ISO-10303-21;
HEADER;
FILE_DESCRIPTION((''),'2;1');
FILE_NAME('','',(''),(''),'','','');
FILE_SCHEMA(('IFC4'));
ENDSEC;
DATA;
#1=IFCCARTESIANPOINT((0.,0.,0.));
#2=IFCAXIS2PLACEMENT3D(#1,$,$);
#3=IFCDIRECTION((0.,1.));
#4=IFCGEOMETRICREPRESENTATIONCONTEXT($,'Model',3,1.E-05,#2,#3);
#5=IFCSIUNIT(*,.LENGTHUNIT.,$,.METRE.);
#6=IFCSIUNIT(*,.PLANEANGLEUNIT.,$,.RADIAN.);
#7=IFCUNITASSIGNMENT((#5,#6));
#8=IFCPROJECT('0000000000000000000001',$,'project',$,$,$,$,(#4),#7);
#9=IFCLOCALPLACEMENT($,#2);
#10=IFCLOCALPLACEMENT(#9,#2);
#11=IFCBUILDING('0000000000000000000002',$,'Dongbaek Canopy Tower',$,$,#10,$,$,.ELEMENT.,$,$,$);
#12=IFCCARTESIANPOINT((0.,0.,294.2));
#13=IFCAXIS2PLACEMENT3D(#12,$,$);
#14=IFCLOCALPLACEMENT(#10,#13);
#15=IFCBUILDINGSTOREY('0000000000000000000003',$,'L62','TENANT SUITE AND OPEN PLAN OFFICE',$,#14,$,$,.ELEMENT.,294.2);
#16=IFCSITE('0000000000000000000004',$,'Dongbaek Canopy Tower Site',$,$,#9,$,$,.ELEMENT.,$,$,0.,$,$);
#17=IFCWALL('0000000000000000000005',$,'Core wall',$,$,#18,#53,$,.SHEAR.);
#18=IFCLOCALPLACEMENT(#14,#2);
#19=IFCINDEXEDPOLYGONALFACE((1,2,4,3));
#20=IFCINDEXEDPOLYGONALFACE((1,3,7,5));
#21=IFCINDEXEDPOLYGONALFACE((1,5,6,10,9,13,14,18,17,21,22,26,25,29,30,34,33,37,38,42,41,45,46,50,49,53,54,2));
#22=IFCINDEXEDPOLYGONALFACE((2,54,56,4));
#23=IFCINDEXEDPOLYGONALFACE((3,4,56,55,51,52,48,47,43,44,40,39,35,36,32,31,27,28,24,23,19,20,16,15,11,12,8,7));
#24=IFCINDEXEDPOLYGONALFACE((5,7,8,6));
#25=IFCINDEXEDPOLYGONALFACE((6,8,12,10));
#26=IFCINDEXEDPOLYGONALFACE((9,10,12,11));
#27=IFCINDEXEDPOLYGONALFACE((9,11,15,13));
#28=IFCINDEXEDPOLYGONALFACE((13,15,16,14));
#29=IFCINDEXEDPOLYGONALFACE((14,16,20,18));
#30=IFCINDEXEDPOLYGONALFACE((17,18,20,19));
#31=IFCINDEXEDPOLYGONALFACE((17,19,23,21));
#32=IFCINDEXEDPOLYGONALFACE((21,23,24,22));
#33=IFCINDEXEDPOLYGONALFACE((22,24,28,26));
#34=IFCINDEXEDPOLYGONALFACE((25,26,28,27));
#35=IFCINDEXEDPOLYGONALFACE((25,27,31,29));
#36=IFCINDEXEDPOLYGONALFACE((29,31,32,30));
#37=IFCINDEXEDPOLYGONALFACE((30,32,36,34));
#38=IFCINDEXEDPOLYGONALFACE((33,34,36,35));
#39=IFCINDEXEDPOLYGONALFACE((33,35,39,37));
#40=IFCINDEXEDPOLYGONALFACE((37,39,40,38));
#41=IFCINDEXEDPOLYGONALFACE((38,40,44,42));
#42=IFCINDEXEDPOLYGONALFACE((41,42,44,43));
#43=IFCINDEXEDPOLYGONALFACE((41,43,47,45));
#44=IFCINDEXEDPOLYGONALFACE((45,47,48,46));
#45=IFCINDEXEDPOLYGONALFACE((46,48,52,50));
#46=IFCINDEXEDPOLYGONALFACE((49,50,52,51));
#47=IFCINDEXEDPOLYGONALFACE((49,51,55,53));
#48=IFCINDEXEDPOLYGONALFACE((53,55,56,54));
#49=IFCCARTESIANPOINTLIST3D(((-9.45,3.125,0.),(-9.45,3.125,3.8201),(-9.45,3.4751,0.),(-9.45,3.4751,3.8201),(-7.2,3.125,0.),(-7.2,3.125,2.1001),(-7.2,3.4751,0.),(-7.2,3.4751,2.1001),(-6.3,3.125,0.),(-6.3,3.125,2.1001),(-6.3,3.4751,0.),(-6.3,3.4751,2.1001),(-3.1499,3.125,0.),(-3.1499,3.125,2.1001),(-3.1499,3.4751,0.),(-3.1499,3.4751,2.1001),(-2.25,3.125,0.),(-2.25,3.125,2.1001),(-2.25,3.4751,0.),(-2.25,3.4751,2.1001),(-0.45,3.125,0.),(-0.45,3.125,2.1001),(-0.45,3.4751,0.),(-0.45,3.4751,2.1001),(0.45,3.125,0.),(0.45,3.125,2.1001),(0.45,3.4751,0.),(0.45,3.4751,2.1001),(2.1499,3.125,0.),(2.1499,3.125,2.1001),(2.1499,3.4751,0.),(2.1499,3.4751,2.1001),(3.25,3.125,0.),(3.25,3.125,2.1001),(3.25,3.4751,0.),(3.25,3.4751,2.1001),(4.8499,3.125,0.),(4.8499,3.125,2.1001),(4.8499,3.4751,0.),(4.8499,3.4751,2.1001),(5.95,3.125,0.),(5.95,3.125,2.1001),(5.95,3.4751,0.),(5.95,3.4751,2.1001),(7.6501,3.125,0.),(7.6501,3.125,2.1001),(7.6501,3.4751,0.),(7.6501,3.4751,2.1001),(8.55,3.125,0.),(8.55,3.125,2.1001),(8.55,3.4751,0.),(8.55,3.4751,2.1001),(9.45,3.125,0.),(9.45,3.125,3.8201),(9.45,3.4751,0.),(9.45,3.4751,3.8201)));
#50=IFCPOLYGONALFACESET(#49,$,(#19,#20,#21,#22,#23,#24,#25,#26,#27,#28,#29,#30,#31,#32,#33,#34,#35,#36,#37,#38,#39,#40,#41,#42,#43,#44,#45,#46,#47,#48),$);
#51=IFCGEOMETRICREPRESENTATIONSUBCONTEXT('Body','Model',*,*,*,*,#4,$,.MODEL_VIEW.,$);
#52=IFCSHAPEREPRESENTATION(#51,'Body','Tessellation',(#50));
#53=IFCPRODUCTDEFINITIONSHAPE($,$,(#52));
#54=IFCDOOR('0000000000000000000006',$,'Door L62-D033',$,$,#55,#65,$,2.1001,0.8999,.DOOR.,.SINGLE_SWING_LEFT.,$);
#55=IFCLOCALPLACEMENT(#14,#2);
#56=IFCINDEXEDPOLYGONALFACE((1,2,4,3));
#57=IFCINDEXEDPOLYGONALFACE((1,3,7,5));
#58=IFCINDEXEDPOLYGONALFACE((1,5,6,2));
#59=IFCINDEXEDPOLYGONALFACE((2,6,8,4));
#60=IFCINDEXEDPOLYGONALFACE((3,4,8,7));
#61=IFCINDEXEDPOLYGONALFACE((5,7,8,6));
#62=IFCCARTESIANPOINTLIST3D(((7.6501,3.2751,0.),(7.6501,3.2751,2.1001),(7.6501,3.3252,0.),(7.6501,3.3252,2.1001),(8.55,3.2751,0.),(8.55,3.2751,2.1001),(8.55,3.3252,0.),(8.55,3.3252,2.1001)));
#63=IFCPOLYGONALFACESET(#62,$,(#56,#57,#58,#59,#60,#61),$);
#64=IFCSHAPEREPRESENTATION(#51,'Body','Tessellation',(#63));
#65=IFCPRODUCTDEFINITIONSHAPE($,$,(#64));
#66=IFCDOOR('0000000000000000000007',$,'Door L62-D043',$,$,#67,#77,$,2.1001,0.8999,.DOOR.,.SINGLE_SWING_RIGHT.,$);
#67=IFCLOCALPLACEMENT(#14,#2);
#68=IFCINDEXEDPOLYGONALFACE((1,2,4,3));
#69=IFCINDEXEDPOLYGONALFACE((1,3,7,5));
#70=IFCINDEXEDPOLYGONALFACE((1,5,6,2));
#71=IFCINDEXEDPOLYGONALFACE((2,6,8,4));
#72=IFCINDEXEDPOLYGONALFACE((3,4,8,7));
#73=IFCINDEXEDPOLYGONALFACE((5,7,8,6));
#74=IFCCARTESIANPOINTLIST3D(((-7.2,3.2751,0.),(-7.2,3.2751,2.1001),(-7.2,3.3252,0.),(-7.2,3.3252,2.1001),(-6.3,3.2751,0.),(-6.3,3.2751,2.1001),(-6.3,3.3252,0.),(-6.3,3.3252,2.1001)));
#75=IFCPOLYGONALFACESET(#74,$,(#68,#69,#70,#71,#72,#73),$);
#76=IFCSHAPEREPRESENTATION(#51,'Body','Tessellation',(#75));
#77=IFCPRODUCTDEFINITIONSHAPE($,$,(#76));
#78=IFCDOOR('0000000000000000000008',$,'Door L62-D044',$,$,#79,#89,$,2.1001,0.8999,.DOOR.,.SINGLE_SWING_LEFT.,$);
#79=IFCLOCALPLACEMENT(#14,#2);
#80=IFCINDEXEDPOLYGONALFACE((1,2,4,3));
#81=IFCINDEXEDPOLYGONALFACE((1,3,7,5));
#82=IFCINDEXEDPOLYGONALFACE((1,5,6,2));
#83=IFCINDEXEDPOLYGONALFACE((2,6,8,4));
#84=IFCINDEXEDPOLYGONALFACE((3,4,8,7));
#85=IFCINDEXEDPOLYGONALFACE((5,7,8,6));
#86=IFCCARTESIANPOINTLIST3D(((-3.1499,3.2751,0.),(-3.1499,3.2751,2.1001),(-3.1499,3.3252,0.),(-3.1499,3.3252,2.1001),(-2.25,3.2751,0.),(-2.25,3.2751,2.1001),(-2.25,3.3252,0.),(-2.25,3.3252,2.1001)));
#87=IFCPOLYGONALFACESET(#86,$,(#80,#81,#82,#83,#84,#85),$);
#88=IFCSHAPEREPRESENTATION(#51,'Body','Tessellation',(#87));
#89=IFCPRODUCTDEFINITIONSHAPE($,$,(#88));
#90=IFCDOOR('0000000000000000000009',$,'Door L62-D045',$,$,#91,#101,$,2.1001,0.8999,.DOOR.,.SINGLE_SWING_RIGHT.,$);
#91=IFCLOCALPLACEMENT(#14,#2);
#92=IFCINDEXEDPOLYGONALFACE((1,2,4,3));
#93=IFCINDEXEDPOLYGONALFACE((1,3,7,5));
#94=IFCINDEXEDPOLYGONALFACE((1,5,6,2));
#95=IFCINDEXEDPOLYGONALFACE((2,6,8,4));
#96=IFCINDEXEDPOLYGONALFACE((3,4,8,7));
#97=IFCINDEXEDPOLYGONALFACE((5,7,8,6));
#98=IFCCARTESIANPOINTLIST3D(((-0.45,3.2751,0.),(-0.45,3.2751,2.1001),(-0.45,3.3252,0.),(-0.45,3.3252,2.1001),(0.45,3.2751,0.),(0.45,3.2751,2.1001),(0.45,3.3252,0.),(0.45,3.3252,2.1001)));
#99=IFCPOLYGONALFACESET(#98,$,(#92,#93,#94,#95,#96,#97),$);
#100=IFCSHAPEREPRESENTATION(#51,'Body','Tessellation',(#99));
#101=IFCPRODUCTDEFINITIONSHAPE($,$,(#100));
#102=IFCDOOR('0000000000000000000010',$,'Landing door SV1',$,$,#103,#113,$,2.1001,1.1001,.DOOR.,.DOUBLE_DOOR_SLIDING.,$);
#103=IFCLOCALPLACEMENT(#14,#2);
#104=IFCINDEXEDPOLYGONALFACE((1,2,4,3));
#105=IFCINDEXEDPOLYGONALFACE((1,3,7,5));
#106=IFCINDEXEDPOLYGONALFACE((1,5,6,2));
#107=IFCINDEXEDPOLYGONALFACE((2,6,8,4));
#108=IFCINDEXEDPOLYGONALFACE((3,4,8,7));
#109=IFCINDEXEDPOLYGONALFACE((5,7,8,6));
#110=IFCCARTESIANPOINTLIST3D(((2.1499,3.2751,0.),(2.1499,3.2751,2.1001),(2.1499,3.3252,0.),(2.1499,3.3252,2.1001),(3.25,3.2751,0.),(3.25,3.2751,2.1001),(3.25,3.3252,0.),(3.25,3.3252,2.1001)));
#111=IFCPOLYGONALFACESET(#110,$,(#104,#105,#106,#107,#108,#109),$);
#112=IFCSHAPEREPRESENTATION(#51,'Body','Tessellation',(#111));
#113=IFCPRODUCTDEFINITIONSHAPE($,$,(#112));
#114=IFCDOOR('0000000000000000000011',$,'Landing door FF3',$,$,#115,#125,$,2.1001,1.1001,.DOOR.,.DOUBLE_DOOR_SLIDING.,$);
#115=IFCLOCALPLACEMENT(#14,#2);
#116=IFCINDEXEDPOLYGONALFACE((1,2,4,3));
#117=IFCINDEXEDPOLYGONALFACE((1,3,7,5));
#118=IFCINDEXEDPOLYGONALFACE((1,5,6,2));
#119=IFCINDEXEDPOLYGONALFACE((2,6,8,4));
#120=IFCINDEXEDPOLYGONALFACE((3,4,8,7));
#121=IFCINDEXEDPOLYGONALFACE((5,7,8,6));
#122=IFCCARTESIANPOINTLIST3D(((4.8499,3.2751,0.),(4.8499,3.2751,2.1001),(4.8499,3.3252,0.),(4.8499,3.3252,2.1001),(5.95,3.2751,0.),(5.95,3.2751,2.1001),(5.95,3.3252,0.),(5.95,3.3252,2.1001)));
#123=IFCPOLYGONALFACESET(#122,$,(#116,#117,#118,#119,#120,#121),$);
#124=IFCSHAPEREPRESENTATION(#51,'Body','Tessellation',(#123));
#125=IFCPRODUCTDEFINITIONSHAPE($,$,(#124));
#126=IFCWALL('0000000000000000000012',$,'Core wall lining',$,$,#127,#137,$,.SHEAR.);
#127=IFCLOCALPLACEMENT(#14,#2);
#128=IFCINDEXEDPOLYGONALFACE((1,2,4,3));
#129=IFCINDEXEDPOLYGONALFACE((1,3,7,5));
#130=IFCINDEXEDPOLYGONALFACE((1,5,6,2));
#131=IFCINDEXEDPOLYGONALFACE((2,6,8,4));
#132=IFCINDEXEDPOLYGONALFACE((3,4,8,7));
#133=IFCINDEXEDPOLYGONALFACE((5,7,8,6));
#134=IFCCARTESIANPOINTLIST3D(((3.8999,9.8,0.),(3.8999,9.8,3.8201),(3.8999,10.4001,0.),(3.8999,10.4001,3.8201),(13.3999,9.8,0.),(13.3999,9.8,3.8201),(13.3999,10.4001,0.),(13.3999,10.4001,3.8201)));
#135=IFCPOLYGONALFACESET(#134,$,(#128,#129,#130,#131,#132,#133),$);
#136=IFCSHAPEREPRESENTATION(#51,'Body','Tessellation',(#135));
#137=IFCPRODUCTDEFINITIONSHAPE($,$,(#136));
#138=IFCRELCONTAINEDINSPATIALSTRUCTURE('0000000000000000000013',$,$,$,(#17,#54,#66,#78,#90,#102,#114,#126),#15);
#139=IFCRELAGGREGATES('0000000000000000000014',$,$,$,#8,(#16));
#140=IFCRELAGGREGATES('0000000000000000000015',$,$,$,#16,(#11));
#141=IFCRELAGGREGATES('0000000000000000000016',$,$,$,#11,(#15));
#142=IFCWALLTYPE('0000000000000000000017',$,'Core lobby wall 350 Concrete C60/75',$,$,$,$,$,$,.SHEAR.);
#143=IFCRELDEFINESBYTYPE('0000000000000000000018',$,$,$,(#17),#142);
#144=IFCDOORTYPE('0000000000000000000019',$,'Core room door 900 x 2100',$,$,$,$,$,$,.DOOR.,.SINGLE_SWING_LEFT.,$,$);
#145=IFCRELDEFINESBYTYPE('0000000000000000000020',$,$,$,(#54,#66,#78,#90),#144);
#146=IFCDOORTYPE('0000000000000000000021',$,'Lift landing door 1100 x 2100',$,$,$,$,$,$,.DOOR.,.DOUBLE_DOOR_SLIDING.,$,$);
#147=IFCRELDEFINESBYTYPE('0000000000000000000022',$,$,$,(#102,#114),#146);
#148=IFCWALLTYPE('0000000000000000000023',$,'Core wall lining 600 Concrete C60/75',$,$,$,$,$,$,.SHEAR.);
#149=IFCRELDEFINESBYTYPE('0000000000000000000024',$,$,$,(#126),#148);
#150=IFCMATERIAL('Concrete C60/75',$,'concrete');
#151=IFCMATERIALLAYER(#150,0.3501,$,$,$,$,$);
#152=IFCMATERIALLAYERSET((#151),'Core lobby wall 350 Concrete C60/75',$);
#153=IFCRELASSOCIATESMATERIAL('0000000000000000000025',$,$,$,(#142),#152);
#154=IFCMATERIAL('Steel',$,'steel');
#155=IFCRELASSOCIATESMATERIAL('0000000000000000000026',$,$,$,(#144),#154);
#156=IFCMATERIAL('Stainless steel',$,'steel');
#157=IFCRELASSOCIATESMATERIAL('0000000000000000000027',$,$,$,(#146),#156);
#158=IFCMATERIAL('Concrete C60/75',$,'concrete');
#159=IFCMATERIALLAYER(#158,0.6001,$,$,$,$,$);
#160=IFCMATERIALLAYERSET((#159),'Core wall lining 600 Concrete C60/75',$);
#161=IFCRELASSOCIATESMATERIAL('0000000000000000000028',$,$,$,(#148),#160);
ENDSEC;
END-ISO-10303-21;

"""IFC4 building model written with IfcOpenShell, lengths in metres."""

from ifc_helpers import new_model, si_unit, direction, frame, frame_2d, origin, place, context, subcontext, project, spatial, rectangle, extrude, material, layer, layer_set, type_object, element, fill, save


model = new_model("IFC4")

# Units and contexts
model_context = context("Model", 3, precision=1e-05, world=origin(), true_north=direction((0.0, 1.0)))
body_context = subcontext(model_context, "Body", "Model", "MODEL_VIEW")
ifc_project = project(units=[si_unit("LENGTHUNIT", "METRE"), si_unit("PLANEANGLEUNIT", "RADIAN")], contexts=[model_context])

# Site, building, storey
site_placement = place(None, origin())
site = spatial("IfcSite", under=ifc_project, at=site_placement, Name="Dongbaek Canopy Tower Site", CompositionType="ELEMENT", RefElevation=0.0)
building_placement = place(site_placement, origin())
building = spatial("IfcBuilding", under=site, at=building_placement, Name="Dongbaek Canopy Tower", CompositionType="ELEMENT")
storey_placement = place(building_placement, frame((0.0, 0.0, 294.2)))
storey = spatial("IfcBuildingStorey", under=building, at=storey_placement, Name="L62", Description="TENANT SUITE AND OPEN PLAN OFFICE", CompositionType="ELEMENT", Elevation=294.2)

# Wall, openings, doors
ifc_material_1 = material(Name="Concrete C60/75", Category="concrete")
ifc_layer_1 = layer(ifc_material_1, 0.3501)
ifc_layer_set_1 = layer_set([ifc_layer_1], Name="Core lobby wall 350 Concrete C60/75")
wall_type_1 = type_object("IfcWallType", Name="Core lobby wall 350 Concrete C60/75", PredefinedType="SHEAR", material=ifc_layer_set_1)
wall_1_placement = place(storey_placement, frame((9.45, 3.3, 0.0), z_axis=(0.0, 0.0, 1.0), x_axis=(-1.0, 0.0, 0.0)))
wall_1 = element("IfcWall", 1, at=wall_1_placement, inside=storey, type_object=wall_type_1, Name="Core wall", PredefinedType="SHEAR", context=body_context, shape_type="SweptSolid", body=[
    extrude(rectangle(XDim=18.8999, YDim=0.3501, at=frame_2d((9.45, 0.0))), origin(), (0.0, 0.0, 1.0), 3.8201),
])
opening_1_placement = place(wall_1_placement, frame((6.2, 0.0, 0.0)))
opening_1 = element("IfcOpeningElement", 2, at=opening_1_placement, cuts=wall_1, PredefinedType="OPENING", context=body_context, shape_type="SweptSolid", body=[
    extrude(rectangle(XDim=1.1001, YDim=2.1001, at=frame_2d((0.55, 1.05))), frame((0.0, 0.1851, 0.0), z_axis=(0.0, -1.0, 0.0), x_axis=(1.0, 0.0, 0.0)), (0.0, 0.0, 1.0), 0.3701),
])
opening_2_placement = place(wall_1_placement, frame((3.5, 0.0, 0.0)))
opening_2 = element("IfcOpeningElement", 3, at=opening_2_placement, cuts=wall_1, PredefinedType="OPENING", context=body_context, shape_type="SweptSolid", body=[
    extrude(rectangle(XDim=1.1001, YDim=2.1001, at=frame_2d((0.55, 1.05))), frame((0.0, 0.1851, 0.0), z_axis=(0.0, -1.0, 0.0), x_axis=(1.0, 0.0, 0.0)), (0.0, 0.0, 1.0), 0.3701),
])
opening_3_placement = place(wall_1_placement, frame((0.8999, 0.0, 0.0)))
opening_3 = element("IfcOpeningElement", 4, at=opening_3_placement, cuts=wall_1, PredefinedType="OPENING", context=body_context, shape_type="SweptSolid", body=[
    extrude(rectangle(XDim=0.8999, YDim=2.1001, at=frame_2d((0.45, 1.05))), frame((0.0, 0.1851, 0.0), z_axis=(0.0, -1.0, 0.0), x_axis=(1.0, 0.0, 0.0)), (0.0, 0.0, 1.0), 0.3701),
])
opening_4_placement = place(wall_1_placement, frame((15.75, 0.0, 0.0)))
opening_4 = element("IfcOpeningElement", 5, at=opening_4_placement, cuts=wall_1, PredefinedType="OPENING", context=body_context, shape_type="SweptSolid", body=[
    extrude(rectangle(XDim=0.8999, YDim=2.1001, at=frame_2d((0.45, 1.05))), frame((0.0, 0.1851, 0.0), z_axis=(0.0, -1.0, 0.0), x_axis=(1.0, 0.0, 0.0)), (0.0, 0.0, 1.0), 0.3701),
])
opening_5_placement = place(wall_1_placement, frame((11.7, 0.0, 0.0)))
opening_5 = element("IfcOpeningElement", 6, at=opening_5_placement, cuts=wall_1, PredefinedType="OPENING", context=body_context, shape_type="SweptSolid", body=[
    extrude(rectangle(XDim=0.8999, YDim=2.1001, at=frame_2d((0.45, 1.05))), frame((0.0, 0.1851, 0.0), z_axis=(0.0, -1.0, 0.0), x_axis=(1.0, 0.0, 0.0)), (0.0, 0.0, 1.0), 0.3701),
])
opening_6_placement = place(wall_1_placement, frame((9.0, 0.0, 0.0)))
opening_6 = element("IfcOpeningElement", 7, at=opening_6_placement, cuts=wall_1, PredefinedType="OPENING", context=body_context, shape_type="SweptSolid", body=[
    extrude(rectangle(XDim=0.8999, YDim=2.1001, at=frame_2d((0.45, 1.05))), frame((0.0, 0.1851, 0.0), z_axis=(0.0, -1.0, 0.0), x_axis=(1.0, 0.0, 0.0)), (0.0, 0.0, 1.0), 0.3701),
])
ifc_material_2 = material(Name="Steel", Category="steel")
door_type_1 = type_object("IfcDoorType", Name="Core room door 900 x 2100", OperationType="SINGLE_SWING_LEFT", PredefinedType="DOOR", material=ifc_material_2)
door_1_placement = place(opening_3_placement, origin())
door_1 = element("IfcDoor", 8, at=door_1_placement, inside=storey, type_object=door_type_1, Name="Door L62-D033", OperationType="SINGLE_SWING_LEFT", OverallHeight=2.1001, OverallWidth=0.8999, PredefinedType="DOOR", context=body_context, shape_type="SweptSolid", body=[
    extrude(rectangle(XDim=0.8999, YDim=2.1001, at=frame_2d((0.45, 1.05))), frame((0.0, 0.0249, 0.0), z_axis=(0.0, -1.0, 0.0), x_axis=(1.0, 0.0, 0.0)), (0.0, 0.0, 1.0), 0.05),
])
fill(opening_3, door_1)
door_2_placement = place(opening_4_placement, origin())
door_2 = element("IfcDoor", 9, at=door_2_placement, inside=storey, type_object=door_type_1, Name="Door L62-D043", OperationType="SINGLE_SWING_RIGHT", OverallHeight=2.1001, OverallWidth=0.8999, PredefinedType="DOOR", context=body_context, shape_type="SweptSolid", body=[
    extrude(rectangle(XDim=0.8999, YDim=2.1001, at=frame_2d((0.45, 1.05))), frame((0.0, 0.0249, 0.0), z_axis=(0.0, -1.0, 0.0), x_axis=(1.0, 0.0, 0.0)), (0.0, 0.0, 1.0), 0.05),
])
fill(opening_4, door_2)
door_3_placement = place(opening_5_placement, origin())
door_3 = element("IfcDoor", 10, at=door_3_placement, inside=storey, type_object=door_type_1, Name="Door L62-D044", OperationType="SINGLE_SWING_LEFT", OverallHeight=2.1001, OverallWidth=0.8999, PredefinedType="DOOR", context=body_context, shape_type="SweptSolid", body=[
    extrude(rectangle(XDim=0.8999, YDim=2.1001, at=frame_2d((0.45, 1.05))), frame((0.0, 0.0249, 0.0), z_axis=(0.0, -1.0, 0.0), x_axis=(1.0, 0.0, 0.0)), (0.0, 0.0, 1.0), 0.05),
])
fill(opening_5, door_3)
door_4_placement = place(opening_6_placement, origin())
door_4 = element("IfcDoor", 11, at=door_4_placement, inside=storey, type_object=door_type_1, Name="Door L62-D045", OperationType="SINGLE_SWING_RIGHT", OverallHeight=2.1001, OverallWidth=0.8999, PredefinedType="DOOR", context=body_context, shape_type="SweptSolid", body=[
    extrude(rectangle(XDim=0.8999, YDim=2.1001, at=frame_2d((0.45, 1.05))), frame((0.0, 0.0249, 0.0), z_axis=(0.0, -1.0, 0.0), x_axis=(1.0, 0.0, 0.0)), (0.0, 0.0, 1.0), 0.05),
])
fill(opening_6, door_4)
ifc_material_3 = material(Name="Stainless steel", Category="steel")
door_type_2 = type_object("IfcDoorType", Name="Lift landing door 1100 x 2100", OperationType="DOUBLE_DOOR_SLIDING", PredefinedType="DOOR", material=ifc_material_3)
door_5_placement = place(opening_1_placement, origin())
door_5 = element("IfcDoor", 12, at=door_5_placement, inside=storey, type_object=door_type_2, Name="Landing door SV1", OperationType="DOUBLE_DOOR_SLIDING", OverallHeight=2.1001, OverallWidth=1.1001, PredefinedType="DOOR", context=body_context, shape_type="SweptSolid", body=[
    extrude(rectangle(XDim=1.1001, YDim=2.1001, at=frame_2d((0.55, 1.05))), frame((0.0, 0.0249, 0.0), z_axis=(0.0, -1.0, 0.0), x_axis=(1.0, 0.0, 0.0)), (0.0, 0.0, 1.0), 0.05),
])
fill(opening_1, door_5)
door_6_placement = place(opening_2_placement, origin())
door_6 = element("IfcDoor", 13, at=door_6_placement, inside=storey, type_object=door_type_2, Name="Landing door FF3", OperationType="DOUBLE_DOOR_SLIDING", OverallHeight=2.1001, OverallWidth=1.1001, PredefinedType="DOOR", context=body_context, shape_type="SweptSolid", body=[
    extrude(rectangle(XDim=1.1001, YDim=2.1001, at=frame_2d((0.55, 1.05))), frame((0.0, 0.0249, 0.0), z_axis=(0.0, -1.0, 0.0), x_axis=(1.0, 0.0, 0.0)), (0.0, 0.0, 1.0), 0.05),
])
fill(opening_2, door_6)

# Wall
ifc_material_4 = material(Name="Concrete C60/75", Category="concrete")
ifc_layer_2 = layer(ifc_material_4, 0.6001)
ifc_layer_set_2 = layer_set([ifc_layer_2], Name="Core wall lining 600 Concrete C60/75")
wall_type_2 = type_object("IfcWallType", Name="Core wall lining 600 Concrete C60/75", PredefinedType="SHEAR", material=ifc_layer_set_2)
wall_2_placement = place(storey_placement, frame((3.8999, 10.1001, 0.0), z_axis=(0.0, 0.0, 1.0), x_axis=(1.0, 0.0, 0.0)))
element("IfcWall", 14, at=wall_2_placement, inside=storey, type_object=wall_type_2, Name="Core wall lining", PredefinedType="SHEAR", context=body_context, shape_type="SweptSolid", body=[
    extrude(rectangle(XDim=9.5, YDim=0.6001, at=frame_2d((4.75, 0.0))), origin(), (0.0, 0.0, 1.0), 3.8201),
])

save(model, "model.ifc")
